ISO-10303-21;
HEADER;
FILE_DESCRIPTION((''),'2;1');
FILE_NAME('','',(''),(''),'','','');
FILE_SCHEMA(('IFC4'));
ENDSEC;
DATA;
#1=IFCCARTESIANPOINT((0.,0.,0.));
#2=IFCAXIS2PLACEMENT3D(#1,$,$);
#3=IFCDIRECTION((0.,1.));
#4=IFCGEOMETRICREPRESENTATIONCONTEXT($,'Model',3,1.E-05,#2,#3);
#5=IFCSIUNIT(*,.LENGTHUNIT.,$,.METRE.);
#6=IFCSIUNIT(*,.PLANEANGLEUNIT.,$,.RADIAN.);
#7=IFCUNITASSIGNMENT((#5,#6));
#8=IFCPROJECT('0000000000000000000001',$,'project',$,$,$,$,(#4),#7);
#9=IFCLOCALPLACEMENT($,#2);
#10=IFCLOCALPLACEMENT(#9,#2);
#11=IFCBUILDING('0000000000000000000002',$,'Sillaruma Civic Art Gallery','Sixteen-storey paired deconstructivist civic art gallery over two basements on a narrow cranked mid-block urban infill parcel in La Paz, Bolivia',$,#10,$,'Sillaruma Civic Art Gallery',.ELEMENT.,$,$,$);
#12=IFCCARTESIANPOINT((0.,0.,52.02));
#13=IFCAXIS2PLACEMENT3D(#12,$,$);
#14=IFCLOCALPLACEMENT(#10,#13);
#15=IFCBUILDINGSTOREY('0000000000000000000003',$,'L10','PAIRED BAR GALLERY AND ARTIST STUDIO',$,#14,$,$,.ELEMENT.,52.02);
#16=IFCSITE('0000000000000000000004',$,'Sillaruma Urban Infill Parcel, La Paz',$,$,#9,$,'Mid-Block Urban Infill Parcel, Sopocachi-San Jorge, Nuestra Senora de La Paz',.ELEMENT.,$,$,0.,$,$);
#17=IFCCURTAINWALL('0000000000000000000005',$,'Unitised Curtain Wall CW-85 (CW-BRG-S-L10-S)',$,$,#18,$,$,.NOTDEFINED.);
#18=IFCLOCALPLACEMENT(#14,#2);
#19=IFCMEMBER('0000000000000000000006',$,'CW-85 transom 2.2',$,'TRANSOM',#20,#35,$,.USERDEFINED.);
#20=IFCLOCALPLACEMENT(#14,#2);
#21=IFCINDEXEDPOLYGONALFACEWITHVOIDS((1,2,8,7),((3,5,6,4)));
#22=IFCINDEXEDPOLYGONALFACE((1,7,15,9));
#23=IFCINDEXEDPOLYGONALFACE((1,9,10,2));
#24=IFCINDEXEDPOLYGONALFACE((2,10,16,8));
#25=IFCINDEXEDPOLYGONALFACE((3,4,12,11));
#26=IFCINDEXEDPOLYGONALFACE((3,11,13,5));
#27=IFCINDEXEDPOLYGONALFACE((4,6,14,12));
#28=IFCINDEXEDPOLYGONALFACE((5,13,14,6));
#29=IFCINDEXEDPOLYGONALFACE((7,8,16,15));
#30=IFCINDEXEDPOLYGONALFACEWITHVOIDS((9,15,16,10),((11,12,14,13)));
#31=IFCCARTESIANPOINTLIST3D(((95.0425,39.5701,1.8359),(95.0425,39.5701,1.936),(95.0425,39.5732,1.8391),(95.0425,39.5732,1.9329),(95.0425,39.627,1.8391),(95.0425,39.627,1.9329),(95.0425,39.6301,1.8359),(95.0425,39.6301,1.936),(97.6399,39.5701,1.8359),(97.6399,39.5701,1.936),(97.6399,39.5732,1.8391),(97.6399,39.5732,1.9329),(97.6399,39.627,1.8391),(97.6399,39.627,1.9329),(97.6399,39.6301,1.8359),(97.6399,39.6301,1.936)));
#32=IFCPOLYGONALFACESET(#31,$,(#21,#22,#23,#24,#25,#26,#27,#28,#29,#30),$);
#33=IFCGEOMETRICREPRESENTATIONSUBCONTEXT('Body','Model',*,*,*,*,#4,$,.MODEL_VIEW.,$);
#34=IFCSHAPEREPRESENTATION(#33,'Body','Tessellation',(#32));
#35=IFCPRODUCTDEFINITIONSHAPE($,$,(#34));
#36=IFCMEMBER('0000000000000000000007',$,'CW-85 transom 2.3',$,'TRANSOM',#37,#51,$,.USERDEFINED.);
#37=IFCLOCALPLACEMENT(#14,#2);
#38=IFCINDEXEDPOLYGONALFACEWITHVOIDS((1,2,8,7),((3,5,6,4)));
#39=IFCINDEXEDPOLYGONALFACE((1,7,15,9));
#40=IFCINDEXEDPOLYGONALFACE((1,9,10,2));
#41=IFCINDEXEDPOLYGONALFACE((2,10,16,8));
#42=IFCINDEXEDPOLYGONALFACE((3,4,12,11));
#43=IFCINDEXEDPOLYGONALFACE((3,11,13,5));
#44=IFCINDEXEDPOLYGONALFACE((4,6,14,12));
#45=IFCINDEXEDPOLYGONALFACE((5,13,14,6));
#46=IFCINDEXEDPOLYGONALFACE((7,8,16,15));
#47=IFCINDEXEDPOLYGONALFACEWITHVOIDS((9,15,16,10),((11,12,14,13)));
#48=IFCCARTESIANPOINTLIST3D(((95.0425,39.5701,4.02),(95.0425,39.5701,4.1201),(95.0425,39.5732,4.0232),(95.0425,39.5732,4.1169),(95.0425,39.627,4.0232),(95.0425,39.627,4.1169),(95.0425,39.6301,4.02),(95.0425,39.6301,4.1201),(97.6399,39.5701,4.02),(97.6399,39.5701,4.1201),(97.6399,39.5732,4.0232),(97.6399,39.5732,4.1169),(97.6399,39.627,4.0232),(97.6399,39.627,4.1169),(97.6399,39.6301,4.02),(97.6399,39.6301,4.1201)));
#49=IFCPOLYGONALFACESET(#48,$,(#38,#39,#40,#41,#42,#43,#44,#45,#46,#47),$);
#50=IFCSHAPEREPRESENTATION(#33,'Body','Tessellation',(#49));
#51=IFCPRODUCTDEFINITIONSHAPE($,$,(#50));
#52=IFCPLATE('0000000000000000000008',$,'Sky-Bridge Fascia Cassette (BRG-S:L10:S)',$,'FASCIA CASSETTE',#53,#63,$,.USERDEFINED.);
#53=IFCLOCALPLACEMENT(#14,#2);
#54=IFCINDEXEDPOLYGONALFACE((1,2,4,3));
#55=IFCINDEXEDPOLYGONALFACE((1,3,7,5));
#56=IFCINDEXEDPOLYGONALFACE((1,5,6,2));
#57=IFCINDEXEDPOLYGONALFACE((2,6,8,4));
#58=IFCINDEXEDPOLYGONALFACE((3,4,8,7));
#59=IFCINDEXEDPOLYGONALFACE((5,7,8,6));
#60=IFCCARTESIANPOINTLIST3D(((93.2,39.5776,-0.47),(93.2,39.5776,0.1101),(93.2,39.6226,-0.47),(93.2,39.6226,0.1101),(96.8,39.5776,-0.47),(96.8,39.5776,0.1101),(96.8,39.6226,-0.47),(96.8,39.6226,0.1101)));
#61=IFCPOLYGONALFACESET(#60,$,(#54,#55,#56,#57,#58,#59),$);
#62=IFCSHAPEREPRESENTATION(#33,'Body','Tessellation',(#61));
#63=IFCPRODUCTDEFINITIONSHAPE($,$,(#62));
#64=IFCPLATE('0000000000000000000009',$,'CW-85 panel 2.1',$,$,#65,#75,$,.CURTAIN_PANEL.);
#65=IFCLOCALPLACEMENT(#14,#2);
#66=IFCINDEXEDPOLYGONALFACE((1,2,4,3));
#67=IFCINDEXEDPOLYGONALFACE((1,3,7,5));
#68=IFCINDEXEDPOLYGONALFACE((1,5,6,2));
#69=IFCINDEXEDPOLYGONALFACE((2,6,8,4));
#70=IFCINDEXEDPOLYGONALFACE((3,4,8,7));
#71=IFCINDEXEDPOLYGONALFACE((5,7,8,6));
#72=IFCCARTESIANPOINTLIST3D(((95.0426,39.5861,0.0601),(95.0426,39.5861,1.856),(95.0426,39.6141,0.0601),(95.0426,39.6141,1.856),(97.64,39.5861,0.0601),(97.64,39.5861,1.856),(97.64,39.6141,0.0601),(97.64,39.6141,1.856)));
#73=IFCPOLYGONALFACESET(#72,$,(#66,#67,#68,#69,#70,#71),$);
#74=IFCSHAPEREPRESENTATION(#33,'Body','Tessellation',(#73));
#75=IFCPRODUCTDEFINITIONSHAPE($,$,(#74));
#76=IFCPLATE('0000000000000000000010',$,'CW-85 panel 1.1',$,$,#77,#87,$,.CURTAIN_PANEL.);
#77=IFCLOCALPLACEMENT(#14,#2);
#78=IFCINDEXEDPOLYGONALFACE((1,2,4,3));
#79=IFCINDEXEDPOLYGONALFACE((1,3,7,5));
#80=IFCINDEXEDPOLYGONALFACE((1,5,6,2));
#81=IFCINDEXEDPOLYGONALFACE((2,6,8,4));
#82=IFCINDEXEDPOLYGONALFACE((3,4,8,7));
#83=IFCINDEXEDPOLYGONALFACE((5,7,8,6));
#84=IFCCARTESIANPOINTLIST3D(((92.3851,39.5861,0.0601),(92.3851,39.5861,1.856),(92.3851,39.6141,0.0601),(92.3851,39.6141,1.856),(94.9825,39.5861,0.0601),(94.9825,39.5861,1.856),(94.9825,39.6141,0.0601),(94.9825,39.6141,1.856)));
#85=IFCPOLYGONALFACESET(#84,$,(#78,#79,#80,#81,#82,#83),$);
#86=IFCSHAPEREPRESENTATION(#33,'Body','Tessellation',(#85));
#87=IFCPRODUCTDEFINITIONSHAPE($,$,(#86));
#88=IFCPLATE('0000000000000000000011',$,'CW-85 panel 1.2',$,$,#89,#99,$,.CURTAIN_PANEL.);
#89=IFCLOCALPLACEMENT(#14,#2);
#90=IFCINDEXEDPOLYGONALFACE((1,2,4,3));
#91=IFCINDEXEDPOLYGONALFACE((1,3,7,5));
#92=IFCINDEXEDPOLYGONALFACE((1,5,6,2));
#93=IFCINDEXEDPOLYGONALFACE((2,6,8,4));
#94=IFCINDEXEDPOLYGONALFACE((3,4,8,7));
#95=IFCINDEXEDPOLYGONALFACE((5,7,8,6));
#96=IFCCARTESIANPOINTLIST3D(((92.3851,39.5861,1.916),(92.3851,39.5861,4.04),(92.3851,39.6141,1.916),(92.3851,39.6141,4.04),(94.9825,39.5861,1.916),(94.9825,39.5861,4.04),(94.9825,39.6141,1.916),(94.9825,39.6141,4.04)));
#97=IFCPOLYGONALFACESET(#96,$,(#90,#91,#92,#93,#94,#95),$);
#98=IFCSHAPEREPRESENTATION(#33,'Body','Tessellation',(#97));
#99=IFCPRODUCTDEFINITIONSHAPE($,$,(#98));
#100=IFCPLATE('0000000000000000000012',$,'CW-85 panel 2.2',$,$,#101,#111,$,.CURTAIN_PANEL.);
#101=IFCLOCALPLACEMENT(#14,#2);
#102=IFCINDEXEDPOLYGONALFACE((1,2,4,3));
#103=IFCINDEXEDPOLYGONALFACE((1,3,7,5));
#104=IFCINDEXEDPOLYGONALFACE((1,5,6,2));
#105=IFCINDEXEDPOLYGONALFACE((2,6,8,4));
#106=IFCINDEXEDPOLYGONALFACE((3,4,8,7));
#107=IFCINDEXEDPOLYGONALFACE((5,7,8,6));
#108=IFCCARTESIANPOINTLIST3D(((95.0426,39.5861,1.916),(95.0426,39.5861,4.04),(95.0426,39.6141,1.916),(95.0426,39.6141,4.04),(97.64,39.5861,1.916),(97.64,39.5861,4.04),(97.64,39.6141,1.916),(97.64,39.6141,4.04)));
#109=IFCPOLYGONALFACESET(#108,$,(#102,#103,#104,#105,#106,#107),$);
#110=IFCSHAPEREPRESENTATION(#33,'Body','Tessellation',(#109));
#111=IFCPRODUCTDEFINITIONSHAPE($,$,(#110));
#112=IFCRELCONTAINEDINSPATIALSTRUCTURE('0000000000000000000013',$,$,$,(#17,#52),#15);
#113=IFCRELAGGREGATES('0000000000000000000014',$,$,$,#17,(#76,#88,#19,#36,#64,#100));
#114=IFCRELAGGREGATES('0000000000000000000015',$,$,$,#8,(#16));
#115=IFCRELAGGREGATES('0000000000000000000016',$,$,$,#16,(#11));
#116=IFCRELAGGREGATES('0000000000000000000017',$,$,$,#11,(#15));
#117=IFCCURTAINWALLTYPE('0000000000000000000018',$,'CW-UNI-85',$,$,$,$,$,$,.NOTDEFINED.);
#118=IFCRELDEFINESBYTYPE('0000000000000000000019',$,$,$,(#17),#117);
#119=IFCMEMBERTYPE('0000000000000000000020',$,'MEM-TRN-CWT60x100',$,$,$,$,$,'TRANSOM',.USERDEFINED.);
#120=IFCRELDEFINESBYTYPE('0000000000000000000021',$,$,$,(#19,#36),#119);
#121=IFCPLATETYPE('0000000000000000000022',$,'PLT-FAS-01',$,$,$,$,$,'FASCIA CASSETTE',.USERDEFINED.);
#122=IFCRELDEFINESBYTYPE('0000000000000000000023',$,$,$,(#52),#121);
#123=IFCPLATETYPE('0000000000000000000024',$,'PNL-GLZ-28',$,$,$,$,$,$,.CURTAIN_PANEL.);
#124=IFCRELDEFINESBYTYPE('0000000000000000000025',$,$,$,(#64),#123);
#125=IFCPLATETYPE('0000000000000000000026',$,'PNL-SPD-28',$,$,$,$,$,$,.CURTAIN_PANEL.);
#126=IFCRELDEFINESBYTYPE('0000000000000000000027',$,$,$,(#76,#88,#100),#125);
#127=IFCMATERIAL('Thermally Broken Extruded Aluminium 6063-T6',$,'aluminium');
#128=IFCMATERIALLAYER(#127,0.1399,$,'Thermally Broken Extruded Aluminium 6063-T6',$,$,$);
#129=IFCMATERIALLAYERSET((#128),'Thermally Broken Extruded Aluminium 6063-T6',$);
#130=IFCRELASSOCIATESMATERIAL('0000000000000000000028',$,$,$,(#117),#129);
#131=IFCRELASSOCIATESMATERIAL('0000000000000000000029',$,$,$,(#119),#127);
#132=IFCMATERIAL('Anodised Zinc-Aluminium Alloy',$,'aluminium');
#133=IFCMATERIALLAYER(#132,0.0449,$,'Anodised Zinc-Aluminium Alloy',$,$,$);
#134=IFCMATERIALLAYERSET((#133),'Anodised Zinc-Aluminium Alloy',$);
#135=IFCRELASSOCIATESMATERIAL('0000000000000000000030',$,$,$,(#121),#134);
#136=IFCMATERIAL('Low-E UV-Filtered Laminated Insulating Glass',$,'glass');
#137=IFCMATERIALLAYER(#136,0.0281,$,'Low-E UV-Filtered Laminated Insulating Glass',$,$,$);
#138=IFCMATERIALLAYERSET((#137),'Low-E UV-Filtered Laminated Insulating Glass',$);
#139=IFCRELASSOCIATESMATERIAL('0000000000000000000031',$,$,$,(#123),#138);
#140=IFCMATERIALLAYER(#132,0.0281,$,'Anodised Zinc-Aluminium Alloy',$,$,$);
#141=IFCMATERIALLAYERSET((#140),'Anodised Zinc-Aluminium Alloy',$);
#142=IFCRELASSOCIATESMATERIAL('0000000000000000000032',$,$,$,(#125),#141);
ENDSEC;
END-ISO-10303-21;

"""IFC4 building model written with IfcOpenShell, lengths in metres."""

from ifc_helpers import new_model, si_unit, direction, frame, origin, origin_2d, place, context, subcontext, project, spatial, rectangle, hollow_rectangle, extrude, material, layer, layer_set, material_profile, profile_set, type_object, element, aggregate, save


model = new_model("IFC4")

# Units and contexts
model_context = context("Model", 3, precision=1e-05, world=origin(), true_north=direction((0.0, 1.0)))
body_context = subcontext(model_context, "Body", "Model", "MODEL_VIEW")
ifc_project = project(units=[si_unit("LENGTHUNIT", "METRE"), si_unit("PLANEANGLEUNIT", "RADIAN")], contexts=[model_context])

# Site, building, storey
site_placement = place(None, origin())
site = spatial("IfcSite", under=ifc_project, at=site_placement, Name="Sillaruma Urban Infill Parcel, La Paz", LongName="Mid-Block Urban Infill Parcel, Sopocachi-San Jorge, Nuestra Senora de La Paz", CompositionType="ELEMENT", RefElevation=0.0)
building_placement = place(site_placement, origin())
building = spatial("IfcBuilding", under=site, at=building_placement, Name="Sillaruma Civic Art Gallery", Description="Sixteen-storey paired deconstructivist civic art gallery over two basements on a narrow cranked mid-block urban infill parcel in La Paz, Bolivia", LongName="Sillaruma Civic Art Gallery", CompositionType="ELEMENT")
storey_placement = place(building_placement, frame((0.0, 0.0, 52.02)))
storey = spatial("IfcBuildingStorey", under=building, at=storey_placement, Name="L10", Description="PAIRED BAR GALLERY AND ARTIST STUDIO", CompositionType="ELEMENT", Elevation=52.02)

# Curtain wall, members
ifc_material_1 = material(Name="Thermally Broken Extruded Aluminium 6063-T6", Category="aluminium")
ifc_layer_1 = layer(ifc_material_1, 0.1399, Name="Thermally Broken Extruded Aluminium 6063-T6")
ifc_layer_set_1 = layer_set([ifc_layer_1], Name="Thermally Broken Extruded Aluminium 6063-T6")
curtain_wall_type = type_object("IfcCurtainWallType", Name="CW-UNI-85", PredefinedType="NOTDEFINED", material=ifc_layer_set_1)
curtain_wall_placement = place(storey_placement, origin())
curtain_wall = element("IfcCurtainWall", 1, at=curtain_wall_placement, inside=storey, type_object=curtain_wall_type, Name="Unitised Curtain Wall CW-85 (CW-BRG-S-L10-S)", PredefinedType="NOTDEFINED")
ifc_material_profile_1 = material_profile(ifc_material_1, hollow_rectangle(XDim=0.0601, YDim=0.1001, WallThickness=0.0032, at=origin_2d()), Name="CWT60x100")
ifc_profile_set_1 = profile_set([ifc_material_profile_1], Name="Thermally Broken Extruded Aluminium 6063-T6")
member_type_1 = type_object("IfcMemberType", Name="MEM-TRN-CWT60x100", ElementType="TRANSOM", PredefinedType="USERDEFINED", material=ifc_profile_set_1)
member_1_placement = place(storey_placement, frame((95.0425, 39.6001, 1.886), z_axis=(1.0, 0.0, 0.0), x_axis=(0.0, 1.0, 0.0)))
member_1 = element("IfcMember", 2, at=member_1_placement, type_object=member_type_1, Name="CW-85 transom 2.2", ObjectType="TRANSOM", PredefinedType="USERDEFINED", context=body_context, shape_type="SweptSolid", body=[
    extrude(hollow_rectangle(XDim=0.0601, YDim=0.1001, WallThickness=0.0032, at=origin_2d()), origin(), (0.0, 0.0, 1.0), 2.5974),
])
member_2_placement = place(storey_placement, frame((95.0425, 39.6001, 4.0701), z_axis=(1.0, 0.0, 0.0), x_axis=(0.0, 1.0, 0.0)))
member_2 = element("IfcMember", 3, at=member_2_placement, type_object=member_type_1, Name="CW-85 transom 2.3", ObjectType="TRANSOM", PredefinedType="USERDEFINED", context=body_context, shape_type="SweptSolid", body=[
    extrude(hollow_rectangle(XDim=0.0601, YDim=0.1001, WallThickness=0.0032, at=origin_2d()), origin(), (0.0, 0.0, 1.0), 2.5974),
])

# Plates
ifc_material_2 = material(Name="Anodised Zinc-Aluminium Alloy", Category="aluminium")
ifc_layer_2 = layer(ifc_material_2, 0.0449, Name="Anodised Zinc-Aluminium Alloy")
ifc_layer_set_2 = layer_set([ifc_layer_2], Name="Anodised Zinc-Aluminium Alloy")
plate_type_1 = type_object("IfcPlateType", Name="PLT-FAS-01", ElementType="FASCIA CASSETTE", PredefinedType="USERDEFINED", material=ifc_layer_set_2)
plate_1_placement = place(storey_placement, frame((95.0, 39.6001, -0.47), z_axis=(0.0, 0.0, 1.0), x_axis=(1.0, 0.0, 0.0)))
element("IfcPlate", 4, at=plate_1_placement, inside=storey, type_object=plate_type_1, Name="Sky-Bridge Fascia Cassette (BRG-S:L10:S)", ObjectType="FASCIA CASSETTE", PredefinedType="USERDEFINED", context=body_context, shape_type="SweptSolid", body=[
    extrude(rectangle(XDim=3.6001, YDim=0.0449, at=origin_2d()), origin(), (0.0, 0.0, 1.0), 0.5801),
])
ifc_material_3 = material(Name="Low-E UV-Filtered Laminated Insulating Glass", Category="glass")
ifc_layer_3 = layer(ifc_material_3, 0.0281, Name="Low-E UV-Filtered Laminated Insulating Glass")
ifc_layer_set_3 = layer_set([ifc_layer_3], Name="Low-E UV-Filtered Laminated Insulating Glass")
plate_type_2 = type_object("IfcPlateType", Name="PNL-GLZ-28", PredefinedType="CURTAIN_PANEL", material=ifc_layer_set_3)
plate_2_placement = place(storey_placement, frame((96.3413, 39.6001, 0.0601), z_axis=(0.0, 0.0, 1.0), x_axis=(1.0, 0.0, 0.0)))
plate_2 = element("IfcPlate", 5, at=plate_2_placement, type_object=plate_type_2, Name="CW-85 panel 2.1", PredefinedType="CURTAIN_PANEL", context=body_context, shape_type="SweptSolid", body=[
    extrude(rectangle(XDim=2.5974, YDim=0.0281, at=origin_2d()), origin(), (0.0, 0.0, 1.0), 1.7959),
])
ifc_layer_4 = layer(ifc_material_2, 0.0281, Name="Anodised Zinc-Aluminium Alloy")
ifc_layer_set_4 = layer_set([ifc_layer_4], Name="Anodised Zinc-Aluminium Alloy")
plate_type_3 = type_object("IfcPlateType", Name="PNL-SPD-28", PredefinedType="CURTAIN_PANEL", material=ifc_layer_set_4)
plate_3_placement = place(storey_placement, frame((93.6838, 39.6001, 0.0601), z_axis=(0.0, 0.0, 1.0), x_axis=(1.0, 0.0, 0.0)))
plate_3 = element("IfcPlate", 6, at=plate_3_placement, type_object=plate_type_3, Name="CW-85 panel 1.1", PredefinedType="CURTAIN_PANEL", context=body_context, shape_type="SweptSolid", body=[
    extrude(rectangle(XDim=2.5974, YDim=0.0281, at=origin_2d()), origin(), (0.0, 0.0, 1.0), 1.7959),
])
plate_4_placement = place(storey_placement, frame((93.6838, 39.6001, 1.916), z_axis=(0.0, 0.0, 1.0), x_axis=(1.0, 0.0, 0.0)))
plate_4 = element("IfcPlate", 7, at=plate_4_placement, type_object=plate_type_3, Name="CW-85 panel 1.2", PredefinedType="CURTAIN_PANEL", context=body_context, shape_type="SweptSolid", body=[
    extrude(rectangle(XDim=2.5974, YDim=0.0281, at=origin_2d()), origin(), (0.0, 0.0, 1.0), 2.124),
])
plate_5_placement = place(storey_placement, frame((96.3413, 39.6001, 1.916), z_axis=(0.0, 0.0, 1.0), x_axis=(1.0, 0.0, 0.0)))
plate_5 = element("IfcPlate", 8, at=plate_5_placement, type_object=plate_type_3, Name="CW-85 panel 2.2", PredefinedType="CURTAIN_PANEL", context=body_context, shape_type="SweptSolid", body=[
    extrude(rectangle(XDim=2.5974, YDim=0.0281, at=origin_2d()), origin(), (0.0, 0.0, 1.0), 2.124),
])
aggregate(curtain_wall, [plate_3, plate_4, member_1, member_2, plate_2, plate_5])

save(model, "model.ifc")
